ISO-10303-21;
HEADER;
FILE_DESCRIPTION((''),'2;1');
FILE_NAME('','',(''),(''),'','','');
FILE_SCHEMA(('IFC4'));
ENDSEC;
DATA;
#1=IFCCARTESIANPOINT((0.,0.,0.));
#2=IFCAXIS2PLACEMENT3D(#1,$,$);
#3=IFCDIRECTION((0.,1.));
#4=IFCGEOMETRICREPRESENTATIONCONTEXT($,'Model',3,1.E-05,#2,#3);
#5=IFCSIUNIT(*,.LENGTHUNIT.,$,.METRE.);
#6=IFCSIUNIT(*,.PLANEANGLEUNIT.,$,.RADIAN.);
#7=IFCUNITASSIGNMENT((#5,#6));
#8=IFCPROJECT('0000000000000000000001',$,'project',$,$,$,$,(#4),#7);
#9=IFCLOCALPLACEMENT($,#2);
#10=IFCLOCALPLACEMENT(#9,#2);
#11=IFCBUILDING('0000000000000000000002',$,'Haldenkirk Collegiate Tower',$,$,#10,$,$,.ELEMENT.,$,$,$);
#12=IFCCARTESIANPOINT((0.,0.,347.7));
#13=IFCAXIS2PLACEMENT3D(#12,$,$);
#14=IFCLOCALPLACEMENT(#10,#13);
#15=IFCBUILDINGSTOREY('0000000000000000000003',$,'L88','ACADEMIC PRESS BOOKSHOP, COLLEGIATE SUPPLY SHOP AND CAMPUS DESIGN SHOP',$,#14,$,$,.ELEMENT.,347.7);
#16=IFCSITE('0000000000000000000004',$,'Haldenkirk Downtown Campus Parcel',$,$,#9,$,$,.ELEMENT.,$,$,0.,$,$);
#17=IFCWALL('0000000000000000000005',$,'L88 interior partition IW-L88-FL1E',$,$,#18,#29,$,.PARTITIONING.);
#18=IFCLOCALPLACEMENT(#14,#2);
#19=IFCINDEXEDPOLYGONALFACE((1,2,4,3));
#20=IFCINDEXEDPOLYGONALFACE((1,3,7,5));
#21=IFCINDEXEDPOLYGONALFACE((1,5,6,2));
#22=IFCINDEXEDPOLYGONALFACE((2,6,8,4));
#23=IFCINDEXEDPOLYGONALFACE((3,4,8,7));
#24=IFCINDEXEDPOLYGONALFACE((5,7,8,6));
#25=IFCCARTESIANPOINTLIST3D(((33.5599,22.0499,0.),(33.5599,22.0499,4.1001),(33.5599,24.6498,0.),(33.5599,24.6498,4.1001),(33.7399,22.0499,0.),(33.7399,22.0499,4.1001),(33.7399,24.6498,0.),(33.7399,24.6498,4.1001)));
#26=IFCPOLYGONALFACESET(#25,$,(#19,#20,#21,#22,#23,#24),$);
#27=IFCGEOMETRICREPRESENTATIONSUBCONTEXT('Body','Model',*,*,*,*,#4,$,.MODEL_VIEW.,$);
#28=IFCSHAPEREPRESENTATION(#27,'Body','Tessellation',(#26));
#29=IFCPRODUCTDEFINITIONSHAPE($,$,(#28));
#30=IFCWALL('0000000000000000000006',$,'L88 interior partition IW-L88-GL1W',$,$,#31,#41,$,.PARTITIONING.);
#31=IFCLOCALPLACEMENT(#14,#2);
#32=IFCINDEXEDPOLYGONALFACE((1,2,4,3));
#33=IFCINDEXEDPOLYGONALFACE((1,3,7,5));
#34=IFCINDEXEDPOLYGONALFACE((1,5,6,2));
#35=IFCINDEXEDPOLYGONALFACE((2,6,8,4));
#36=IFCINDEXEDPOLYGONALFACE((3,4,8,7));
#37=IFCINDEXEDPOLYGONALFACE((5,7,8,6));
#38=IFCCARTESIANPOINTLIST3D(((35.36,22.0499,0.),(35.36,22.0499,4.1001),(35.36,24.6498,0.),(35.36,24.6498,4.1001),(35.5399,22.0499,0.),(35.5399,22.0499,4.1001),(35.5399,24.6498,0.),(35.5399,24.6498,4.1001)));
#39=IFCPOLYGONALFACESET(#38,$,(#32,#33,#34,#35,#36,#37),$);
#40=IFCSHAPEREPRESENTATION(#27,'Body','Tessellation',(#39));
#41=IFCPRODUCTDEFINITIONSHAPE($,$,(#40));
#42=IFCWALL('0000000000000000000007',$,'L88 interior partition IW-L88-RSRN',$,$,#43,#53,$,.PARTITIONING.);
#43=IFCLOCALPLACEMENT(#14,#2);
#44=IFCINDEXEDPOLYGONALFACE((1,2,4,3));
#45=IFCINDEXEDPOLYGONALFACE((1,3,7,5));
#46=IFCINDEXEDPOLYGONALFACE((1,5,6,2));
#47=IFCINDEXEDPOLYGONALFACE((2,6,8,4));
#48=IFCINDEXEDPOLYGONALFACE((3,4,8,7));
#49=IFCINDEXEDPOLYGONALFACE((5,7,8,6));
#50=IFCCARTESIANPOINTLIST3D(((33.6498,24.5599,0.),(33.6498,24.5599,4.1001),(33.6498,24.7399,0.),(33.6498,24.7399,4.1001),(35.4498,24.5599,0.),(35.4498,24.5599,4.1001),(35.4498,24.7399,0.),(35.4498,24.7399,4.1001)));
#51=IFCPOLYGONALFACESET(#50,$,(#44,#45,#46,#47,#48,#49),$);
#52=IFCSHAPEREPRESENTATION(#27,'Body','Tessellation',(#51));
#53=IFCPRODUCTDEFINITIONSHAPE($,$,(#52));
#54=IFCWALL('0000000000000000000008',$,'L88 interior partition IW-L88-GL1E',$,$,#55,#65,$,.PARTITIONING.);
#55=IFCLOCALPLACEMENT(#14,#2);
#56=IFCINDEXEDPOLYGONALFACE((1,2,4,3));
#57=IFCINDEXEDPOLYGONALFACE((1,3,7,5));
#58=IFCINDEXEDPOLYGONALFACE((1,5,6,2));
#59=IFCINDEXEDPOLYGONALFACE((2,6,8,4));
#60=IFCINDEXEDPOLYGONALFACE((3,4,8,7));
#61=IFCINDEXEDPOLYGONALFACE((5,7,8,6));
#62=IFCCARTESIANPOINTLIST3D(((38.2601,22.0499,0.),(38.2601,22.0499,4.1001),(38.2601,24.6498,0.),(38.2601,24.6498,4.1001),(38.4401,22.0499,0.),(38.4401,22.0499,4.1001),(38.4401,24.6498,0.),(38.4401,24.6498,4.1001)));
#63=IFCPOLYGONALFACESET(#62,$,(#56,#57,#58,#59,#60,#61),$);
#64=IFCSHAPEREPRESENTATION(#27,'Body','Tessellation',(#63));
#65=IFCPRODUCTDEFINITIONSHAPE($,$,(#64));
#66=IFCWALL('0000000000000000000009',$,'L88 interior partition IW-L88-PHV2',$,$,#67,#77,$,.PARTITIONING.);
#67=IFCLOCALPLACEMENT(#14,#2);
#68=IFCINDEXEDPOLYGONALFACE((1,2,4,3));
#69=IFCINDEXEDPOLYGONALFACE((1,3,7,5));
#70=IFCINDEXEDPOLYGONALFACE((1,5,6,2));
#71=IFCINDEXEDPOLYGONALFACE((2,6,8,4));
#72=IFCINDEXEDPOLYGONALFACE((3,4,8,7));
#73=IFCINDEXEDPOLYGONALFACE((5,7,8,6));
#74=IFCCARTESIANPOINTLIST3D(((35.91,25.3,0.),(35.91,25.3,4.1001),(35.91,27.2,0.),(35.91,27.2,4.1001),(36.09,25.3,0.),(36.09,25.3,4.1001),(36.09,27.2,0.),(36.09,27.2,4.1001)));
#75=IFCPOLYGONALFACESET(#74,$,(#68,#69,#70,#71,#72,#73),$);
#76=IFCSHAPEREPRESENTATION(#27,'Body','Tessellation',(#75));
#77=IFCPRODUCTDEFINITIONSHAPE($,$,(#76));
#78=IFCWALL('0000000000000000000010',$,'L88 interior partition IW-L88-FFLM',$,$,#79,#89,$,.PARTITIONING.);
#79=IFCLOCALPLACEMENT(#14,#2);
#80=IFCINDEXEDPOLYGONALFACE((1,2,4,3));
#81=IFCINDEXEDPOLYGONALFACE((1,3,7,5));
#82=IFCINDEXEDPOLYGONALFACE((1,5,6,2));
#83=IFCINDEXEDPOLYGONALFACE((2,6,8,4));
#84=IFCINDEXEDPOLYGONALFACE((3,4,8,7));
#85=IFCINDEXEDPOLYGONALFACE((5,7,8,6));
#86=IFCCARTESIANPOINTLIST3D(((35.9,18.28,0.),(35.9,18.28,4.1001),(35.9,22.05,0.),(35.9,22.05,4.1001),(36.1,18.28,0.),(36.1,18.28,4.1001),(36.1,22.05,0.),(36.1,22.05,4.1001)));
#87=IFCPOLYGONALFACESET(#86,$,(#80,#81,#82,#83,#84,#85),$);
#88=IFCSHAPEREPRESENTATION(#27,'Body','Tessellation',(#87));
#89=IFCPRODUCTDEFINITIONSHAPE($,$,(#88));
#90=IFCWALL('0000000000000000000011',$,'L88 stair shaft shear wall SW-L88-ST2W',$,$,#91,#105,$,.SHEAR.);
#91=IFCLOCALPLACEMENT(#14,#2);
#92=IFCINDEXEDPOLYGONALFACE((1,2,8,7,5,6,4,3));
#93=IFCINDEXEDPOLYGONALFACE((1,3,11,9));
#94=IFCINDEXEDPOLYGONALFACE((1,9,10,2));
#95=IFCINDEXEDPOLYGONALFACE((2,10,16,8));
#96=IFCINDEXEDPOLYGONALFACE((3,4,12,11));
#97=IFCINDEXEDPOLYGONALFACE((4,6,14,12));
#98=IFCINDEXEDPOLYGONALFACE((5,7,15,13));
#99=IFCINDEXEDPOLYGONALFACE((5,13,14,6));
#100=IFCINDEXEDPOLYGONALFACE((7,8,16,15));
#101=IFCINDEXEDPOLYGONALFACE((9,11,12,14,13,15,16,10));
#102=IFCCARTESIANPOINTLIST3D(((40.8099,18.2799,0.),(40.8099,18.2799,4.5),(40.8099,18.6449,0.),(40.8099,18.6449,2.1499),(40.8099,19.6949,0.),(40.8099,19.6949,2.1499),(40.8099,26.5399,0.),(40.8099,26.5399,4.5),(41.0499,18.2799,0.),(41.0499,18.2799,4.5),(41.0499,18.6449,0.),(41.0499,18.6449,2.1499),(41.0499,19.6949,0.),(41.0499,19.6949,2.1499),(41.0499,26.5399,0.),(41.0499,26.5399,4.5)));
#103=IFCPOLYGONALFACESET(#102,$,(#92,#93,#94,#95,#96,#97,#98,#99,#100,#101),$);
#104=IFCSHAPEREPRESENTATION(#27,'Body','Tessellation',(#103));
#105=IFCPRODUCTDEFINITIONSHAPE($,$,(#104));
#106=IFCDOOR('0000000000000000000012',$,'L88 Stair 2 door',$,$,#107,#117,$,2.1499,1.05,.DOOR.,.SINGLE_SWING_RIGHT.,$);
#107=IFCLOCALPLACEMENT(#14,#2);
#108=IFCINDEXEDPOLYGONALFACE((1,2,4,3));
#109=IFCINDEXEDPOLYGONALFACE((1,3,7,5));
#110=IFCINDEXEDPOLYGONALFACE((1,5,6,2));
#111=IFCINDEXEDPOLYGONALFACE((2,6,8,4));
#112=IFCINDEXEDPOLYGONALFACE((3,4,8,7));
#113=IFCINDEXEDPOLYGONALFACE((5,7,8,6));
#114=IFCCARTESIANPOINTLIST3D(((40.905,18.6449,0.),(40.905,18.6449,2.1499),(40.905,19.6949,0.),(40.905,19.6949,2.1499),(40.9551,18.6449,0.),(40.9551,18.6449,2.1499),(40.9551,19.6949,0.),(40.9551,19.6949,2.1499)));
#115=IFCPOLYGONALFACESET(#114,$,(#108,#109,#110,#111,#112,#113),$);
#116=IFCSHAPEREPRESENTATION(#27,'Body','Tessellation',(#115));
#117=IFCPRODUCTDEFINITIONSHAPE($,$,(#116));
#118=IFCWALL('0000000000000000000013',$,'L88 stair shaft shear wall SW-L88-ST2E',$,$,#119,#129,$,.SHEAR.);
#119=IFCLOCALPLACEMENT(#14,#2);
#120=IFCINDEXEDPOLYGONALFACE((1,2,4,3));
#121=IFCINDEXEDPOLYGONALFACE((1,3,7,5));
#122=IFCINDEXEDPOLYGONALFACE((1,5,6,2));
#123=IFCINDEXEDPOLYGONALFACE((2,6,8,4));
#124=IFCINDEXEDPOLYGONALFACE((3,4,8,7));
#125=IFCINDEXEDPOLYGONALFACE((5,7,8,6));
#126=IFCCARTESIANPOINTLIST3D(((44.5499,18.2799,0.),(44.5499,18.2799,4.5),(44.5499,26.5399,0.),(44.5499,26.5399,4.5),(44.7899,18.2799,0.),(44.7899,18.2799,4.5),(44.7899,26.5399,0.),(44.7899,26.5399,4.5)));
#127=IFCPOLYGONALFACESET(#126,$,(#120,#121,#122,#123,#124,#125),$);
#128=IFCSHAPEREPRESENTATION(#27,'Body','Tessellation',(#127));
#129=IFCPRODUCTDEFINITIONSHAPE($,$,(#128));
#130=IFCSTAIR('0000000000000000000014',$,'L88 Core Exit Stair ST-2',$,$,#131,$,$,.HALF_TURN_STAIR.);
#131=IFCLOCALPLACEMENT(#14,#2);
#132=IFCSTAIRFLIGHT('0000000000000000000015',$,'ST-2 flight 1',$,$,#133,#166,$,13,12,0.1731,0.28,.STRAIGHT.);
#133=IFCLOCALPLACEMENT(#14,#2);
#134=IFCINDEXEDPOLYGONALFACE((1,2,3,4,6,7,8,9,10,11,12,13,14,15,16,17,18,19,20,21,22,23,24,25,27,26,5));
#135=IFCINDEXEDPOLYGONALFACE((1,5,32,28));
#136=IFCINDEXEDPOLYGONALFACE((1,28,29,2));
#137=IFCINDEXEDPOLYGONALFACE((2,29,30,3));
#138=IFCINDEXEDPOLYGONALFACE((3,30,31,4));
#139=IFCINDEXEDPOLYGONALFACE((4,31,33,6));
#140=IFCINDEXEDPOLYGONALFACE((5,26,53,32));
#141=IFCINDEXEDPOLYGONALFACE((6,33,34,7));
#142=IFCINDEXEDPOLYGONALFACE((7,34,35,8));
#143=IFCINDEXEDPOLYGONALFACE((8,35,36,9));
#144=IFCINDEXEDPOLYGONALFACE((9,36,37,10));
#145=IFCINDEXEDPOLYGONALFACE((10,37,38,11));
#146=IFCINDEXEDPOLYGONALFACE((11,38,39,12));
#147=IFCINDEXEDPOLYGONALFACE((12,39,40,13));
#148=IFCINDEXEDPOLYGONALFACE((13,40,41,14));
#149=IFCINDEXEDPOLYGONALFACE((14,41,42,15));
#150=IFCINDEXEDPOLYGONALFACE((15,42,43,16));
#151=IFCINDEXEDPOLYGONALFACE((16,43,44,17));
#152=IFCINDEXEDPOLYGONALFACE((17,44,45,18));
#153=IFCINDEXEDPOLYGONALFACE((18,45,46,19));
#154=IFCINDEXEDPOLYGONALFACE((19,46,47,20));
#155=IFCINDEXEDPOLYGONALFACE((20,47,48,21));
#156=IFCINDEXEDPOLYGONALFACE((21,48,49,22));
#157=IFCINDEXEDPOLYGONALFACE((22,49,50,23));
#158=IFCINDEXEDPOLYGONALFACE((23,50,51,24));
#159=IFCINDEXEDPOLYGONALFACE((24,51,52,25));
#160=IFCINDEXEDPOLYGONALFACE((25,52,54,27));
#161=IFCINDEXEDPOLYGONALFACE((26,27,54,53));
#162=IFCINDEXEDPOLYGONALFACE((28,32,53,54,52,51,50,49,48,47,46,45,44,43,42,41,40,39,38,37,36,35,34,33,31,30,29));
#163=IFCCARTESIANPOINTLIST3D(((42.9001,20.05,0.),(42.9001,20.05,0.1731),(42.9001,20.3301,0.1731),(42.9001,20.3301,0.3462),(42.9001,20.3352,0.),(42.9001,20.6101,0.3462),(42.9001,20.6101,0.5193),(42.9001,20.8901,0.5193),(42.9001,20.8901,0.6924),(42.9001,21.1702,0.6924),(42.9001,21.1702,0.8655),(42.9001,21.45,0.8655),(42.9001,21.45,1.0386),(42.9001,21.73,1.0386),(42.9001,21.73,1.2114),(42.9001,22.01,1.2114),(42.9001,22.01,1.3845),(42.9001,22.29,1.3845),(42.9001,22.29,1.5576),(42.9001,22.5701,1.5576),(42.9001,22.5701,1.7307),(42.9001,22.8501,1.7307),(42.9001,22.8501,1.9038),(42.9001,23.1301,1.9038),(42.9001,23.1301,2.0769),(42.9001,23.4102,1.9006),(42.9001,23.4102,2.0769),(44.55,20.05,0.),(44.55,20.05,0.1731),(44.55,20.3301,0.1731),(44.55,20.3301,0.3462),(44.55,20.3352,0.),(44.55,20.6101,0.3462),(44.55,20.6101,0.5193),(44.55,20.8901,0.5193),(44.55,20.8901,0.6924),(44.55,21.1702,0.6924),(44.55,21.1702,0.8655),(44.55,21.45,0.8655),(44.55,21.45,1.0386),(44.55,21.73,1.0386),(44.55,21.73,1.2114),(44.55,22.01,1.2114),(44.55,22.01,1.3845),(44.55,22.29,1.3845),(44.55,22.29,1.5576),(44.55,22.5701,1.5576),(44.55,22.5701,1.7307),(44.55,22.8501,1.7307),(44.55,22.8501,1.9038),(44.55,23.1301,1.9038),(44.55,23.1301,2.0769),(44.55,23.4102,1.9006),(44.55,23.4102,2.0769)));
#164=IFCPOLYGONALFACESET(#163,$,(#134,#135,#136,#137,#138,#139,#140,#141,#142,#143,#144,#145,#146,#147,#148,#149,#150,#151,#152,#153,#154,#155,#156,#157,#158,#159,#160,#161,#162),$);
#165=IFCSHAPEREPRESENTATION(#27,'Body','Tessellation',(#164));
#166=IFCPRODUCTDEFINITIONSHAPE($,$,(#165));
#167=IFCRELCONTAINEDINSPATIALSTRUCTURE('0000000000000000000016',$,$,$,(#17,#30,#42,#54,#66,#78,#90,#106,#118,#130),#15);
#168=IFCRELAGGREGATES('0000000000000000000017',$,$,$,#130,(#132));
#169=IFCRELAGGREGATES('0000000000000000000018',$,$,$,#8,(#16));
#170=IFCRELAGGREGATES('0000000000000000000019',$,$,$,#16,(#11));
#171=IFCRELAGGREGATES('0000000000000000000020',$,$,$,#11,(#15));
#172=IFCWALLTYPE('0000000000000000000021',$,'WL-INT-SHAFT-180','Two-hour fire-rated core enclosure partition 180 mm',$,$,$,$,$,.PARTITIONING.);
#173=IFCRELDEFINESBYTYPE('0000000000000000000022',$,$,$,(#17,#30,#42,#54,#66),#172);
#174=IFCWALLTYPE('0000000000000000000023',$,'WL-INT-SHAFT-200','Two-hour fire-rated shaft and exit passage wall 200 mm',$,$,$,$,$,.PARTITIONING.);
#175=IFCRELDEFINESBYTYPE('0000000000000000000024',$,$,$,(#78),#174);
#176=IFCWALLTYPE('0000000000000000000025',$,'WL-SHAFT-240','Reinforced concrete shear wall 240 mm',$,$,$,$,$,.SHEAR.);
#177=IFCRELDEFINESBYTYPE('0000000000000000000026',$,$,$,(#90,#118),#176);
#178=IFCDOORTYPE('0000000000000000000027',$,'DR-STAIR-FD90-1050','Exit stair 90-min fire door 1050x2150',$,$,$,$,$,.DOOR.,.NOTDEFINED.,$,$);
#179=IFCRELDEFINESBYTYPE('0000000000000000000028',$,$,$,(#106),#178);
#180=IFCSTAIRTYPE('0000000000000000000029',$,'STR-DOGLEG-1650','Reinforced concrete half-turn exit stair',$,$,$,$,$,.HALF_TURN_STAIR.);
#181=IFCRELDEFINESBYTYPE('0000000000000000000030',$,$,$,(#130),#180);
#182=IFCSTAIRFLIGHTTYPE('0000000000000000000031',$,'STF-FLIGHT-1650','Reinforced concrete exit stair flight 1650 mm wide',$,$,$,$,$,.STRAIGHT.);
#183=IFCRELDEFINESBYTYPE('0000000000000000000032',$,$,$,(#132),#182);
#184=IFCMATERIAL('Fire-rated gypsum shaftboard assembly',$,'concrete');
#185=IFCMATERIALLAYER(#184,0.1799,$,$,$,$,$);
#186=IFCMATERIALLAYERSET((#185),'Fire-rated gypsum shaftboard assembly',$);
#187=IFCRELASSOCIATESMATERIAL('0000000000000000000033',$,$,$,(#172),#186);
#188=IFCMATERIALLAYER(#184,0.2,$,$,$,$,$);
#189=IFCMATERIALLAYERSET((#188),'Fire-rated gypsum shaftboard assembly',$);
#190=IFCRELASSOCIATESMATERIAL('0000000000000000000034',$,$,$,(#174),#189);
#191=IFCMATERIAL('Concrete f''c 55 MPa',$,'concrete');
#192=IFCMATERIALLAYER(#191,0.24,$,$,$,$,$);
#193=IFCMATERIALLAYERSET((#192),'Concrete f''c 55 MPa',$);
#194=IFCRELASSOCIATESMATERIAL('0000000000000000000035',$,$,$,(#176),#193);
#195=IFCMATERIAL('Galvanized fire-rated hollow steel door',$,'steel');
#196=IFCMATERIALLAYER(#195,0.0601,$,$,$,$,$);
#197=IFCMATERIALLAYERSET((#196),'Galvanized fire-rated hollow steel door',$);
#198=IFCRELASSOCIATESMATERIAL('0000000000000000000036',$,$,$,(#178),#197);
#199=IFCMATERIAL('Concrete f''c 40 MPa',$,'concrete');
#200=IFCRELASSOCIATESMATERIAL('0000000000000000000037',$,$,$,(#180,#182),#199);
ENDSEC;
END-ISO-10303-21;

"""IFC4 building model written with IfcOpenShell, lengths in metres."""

from ifc_helpers import new_model, si_unit, direction, frame, frame_2d, origin, place, context, subcontext, project, spatial, polyline, rectangle, outline, extrude, material, layer, layer_set, type_object, element, fill, aggregate, save


model = new_model("IFC4")

# Units and contexts
model_context = context("Model", 3, precision=1e-05, world=origin(), true_north=direction((0.0, 1.0)))
body_context = subcontext(model_context, "Body", "Model", "MODEL_VIEW")
ifc_project = project(units=[si_unit("LENGTHUNIT", "METRE"), si_unit("PLANEANGLEUNIT", "RADIAN")], contexts=[model_context])

# Site, building, storey
site_placement = place(None, origin())
site = spatial("IfcSite", under=ifc_project, at=site_placement, Name="Haldenkirk Downtown Campus Parcel", CompositionType="ELEMENT", RefElevation=0.0)
building_placement = place(site_placement, origin())
building = spatial("IfcBuilding", under=site, at=building_placement, Name="Haldenkirk Collegiate Tower", CompositionType="ELEMENT")
storey_placement = place(building_placement, frame((0.0, 0.0, 347.7)))
storey = spatial("IfcBuildingStorey", under=building, at=storey_placement, Name="L88", Description="ACADEMIC PRESS BOOKSHOP, COLLEGIATE SUPPLY SHOP AND CAMPUS DESIGN SHOP", CompositionType="ELEMENT", Elevation=347.7)

# Walls
ifc_material_1 = material(Name="Fire-rated gypsum shaftboard assembly", Category="concrete")
ifc_layer_1 = layer(ifc_material_1, 0.1799)
ifc_layer_set_1 = layer_set([ifc_layer_1], Name="Fire-rated gypsum shaftboard assembly")
wall_type_1 = type_object("IfcWallType", Name="WL-INT-SHAFT-180", Description="Two-hour fire-rated core enclosure partition 180 mm", PredefinedType="PARTITIONING", material=ifc_layer_set_1)
for number, where, z_axis, x_axis, name in (
    (1, (33.6499, 22.05, 0.0), (0.0, 0.0, 1.0), (0.0, 1.0, 0.0), "L88 interior partition IW-L88-FL1E"),
    (2, (35.45, 22.05, 0.0), (0.0, 0.0, 1.0), (0.0, 1.0, 0.0), "L88 interior partition IW-L88-GL1W"),
):
    element("IfcWall", number, at=place(storey_placement, frame(where, z_axis=z_axis, x_axis=x_axis)), inside=storey, type_object=wall_type_1, Name=name, PredefinedType="PARTITIONING", context=body_context, shape_type="SweptSolid", body=[
        extrude(rectangle(XDim=2.5999, YDim=0.1799, at=frame_2d((1.2998, 0.0))), origin(), (0.0, 0.0, 1.0), 4.1001),
    ])
wall_1_placement = place(storey_placement, frame((33.6499, 24.6499, 0.0), z_axis=(0.0, 0.0, 1.0), x_axis=(1.0, 0.0, 0.0)))
element("IfcWall", 3, at=wall_1_placement, inside=storey, type_object=wall_type_1, Name="L88 interior partition IW-L88-RSRN", PredefinedType="PARTITIONING", context=body_context, shape_type="SweptSolid", body=[
    extrude(rectangle(XDim=1.8, YDim=0.1799, at=frame_2d((0.8999, 0.0))), origin(), (0.0, 0.0, 1.0), 4.1001),
])
wall_2_placement = place(storey_placement, frame((38.3501, 22.05, 0.0), z_axis=(0.0, 0.0, 1.0), x_axis=(0.0, 1.0, 0.0)))
element("IfcWall", 4, at=wall_2_placement, inside=storey, type_object=wall_type_1, Name="L88 interior partition IW-L88-GL1E", PredefinedType="PARTITIONING", context=body_context, shape_type="SweptSolid", body=[
    extrude(rectangle(XDim=2.5999, YDim=0.1799, at=frame_2d((1.2998, 0.0))), origin(), (0.0, 0.0, 1.0), 4.1001),
])
wall_3_placement = place(storey_placement, frame((36.0, 25.3, 0.0), z_axis=(0.0, 0.0, 1.0), x_axis=(0.0, 1.0, 0.0)))
element("IfcWall", 5, at=wall_3_placement, inside=storey, type_object=wall_type_1, Name="L88 interior partition IW-L88-PHV2", PredefinedType="PARTITIONING", context=body_context, shape_type="SweptSolid", body=[
    extrude(rectangle(XDim=1.8999, YDim=0.1799, at=frame_2d((0.95, 0.0))), origin(), (0.0, 0.0, 1.0), 4.1001),
])
ifc_layer_2 = layer(ifc_material_1, 0.2)
ifc_layer_set_2 = layer_set([ifc_layer_2], Name="Fire-rated gypsum shaftboard assembly")
wall_type_2 = type_object("IfcWallType", Name="WL-INT-SHAFT-200", Description="Two-hour fire-rated shaft and exit passage wall 200 mm", PredefinedType="PARTITIONING", material=ifc_layer_set_2)
wall_4_placement = place(storey_placement, frame((36.0, 18.28, 0.0), z_axis=(0.0, 0.0, 1.0), x_axis=(0.0, 1.0, 0.0)))
element("IfcWall", 6, at=wall_4_placement, inside=storey, type_object=wall_type_2, Name="L88 interior partition IW-L88-FFLM", PredefinedType="PARTITIONING", context=body_context, shape_type="SweptSolid", body=[
    extrude(rectangle(XDim=3.77, YDim=0.2, at=frame_2d((1.885, 0.0))), origin(), (0.0, 0.0, 1.0), 4.1001),
])

# Wall, opening, door
ifc_material_2 = material(Name="Concrete f'c 55 MPa", Category="concrete")
ifc_layer_3 = layer(ifc_material_2, 0.24)
ifc_layer_set_3 = layer_set([ifc_layer_3], Name="Concrete f'c 55 MPa")
wall_type_3 = type_object("IfcWallType", Name="WL-SHAFT-240", Description="Reinforced concrete shear wall 240 mm", PredefinedType="SHEAR", material=ifc_layer_set_3)
wall_5_placement = place(storey_placement, frame((40.9299, 18.28, 0.0), z_axis=(0.0, 0.0, 1.0), x_axis=(0.0, 1.0, 0.0)))
wall_5 = element("IfcWall", 7, at=wall_5_placement, inside=storey, type_object=wall_type_3, Name="L88 stair shaft shear wall SW-L88-ST2W", PredefinedType="SHEAR", context=body_context, shape_type="SweptSolid", body=[
    extrude(rectangle(XDim=8.26, YDim=0.24, at=frame_2d((4.1299, 0.0))), origin(), (0.0, 0.0, 1.0), 4.5),
])
opening_1_placement = place(wall_5_placement, frame((0.365, 0.0, 0.0)))
opening_1 = element("IfcOpeningElement", 8, at=opening_1_placement, cuts=wall_5, PredefinedType="OPENING", context=body_context, shape_type="SweptSolid", body=[
    extrude(rectangle(XDim=1.05, YDim=2.1499, at=frame_2d((0.5249, 1.075))), frame((0.0, 0.1299, 0.0), z_axis=(0.0, -1.0, 0.0), x_axis=(1.0, 0.0, 0.0)), (0.0, 0.0, 1.0), 0.26),
])
ifc_material_3 = material(Name="Galvanized fire-rated hollow steel door", Category="steel")
ifc_layer_4 = layer(ifc_material_3, 0.0601)
ifc_layer_set_4 = layer_set([ifc_layer_4], Name="Galvanized fire-rated hollow steel door")
door_type_1 = type_object("IfcDoorType", Name="DR-STAIR-FD90-1050", Description="Exit stair 90-min fire door 1050x2150", OperationType="NOTDEFINED", PredefinedType="DOOR", material=ifc_layer_set_4)
door_1_placement = place(opening_1_placement, origin())
door_1 = element("IfcDoor", 9, at=door_1_placement, inside=storey, type_object=door_type_1, Name="L88 Stair 2 door", OperationType="SINGLE_SWING_RIGHT", OverallHeight=2.1499, OverallWidth=1.05, PredefinedType="DOOR", context=body_context, shape_type="SweptSolid", body=[
    extrude(rectangle(XDim=1.05, YDim=2.1499, at=frame_2d((0.5249, 1.075))), frame((0.0, 0.0249, 0.0), z_axis=(0.0, -1.0, 0.0), x_axis=(1.0, 0.0, 0.0)), (0.0, 0.0, 1.0), 0.05),
])
fill(opening_1, door_1)

# Wall
wall_6_placement = place(storey_placement, frame((44.6699, 18.28, 0.0), z_axis=(0.0, 0.0, 1.0), x_axis=(0.0, 1.0, 0.0)))
element("IfcWall", 10, at=wall_6_placement, inside=storey, type_object=wall_type_3, Name="L88 stair shaft shear wall SW-L88-ST2E", PredefinedType="SHEAR", context=body_context, shape_type="SweptSolid", body=[
    extrude(rectangle(XDim=8.26, YDim=0.24, at=frame_2d((4.1299, 0.0))), origin(), (0.0, 0.0, 1.0), 4.5),
])

# Stair, stair flight
ifc_material_4 = material(Name="Concrete f'c 40 MPa", Category="concrete")
stair_type = type_object("IfcStairType", Name="STR-DOGLEG-1650", Description="Reinforced concrete half-turn exit stair", PredefinedType="HALF_TURN_STAIR", material=ifc_material_4)
stair_placement = place(storey_placement, origin())
stair = element("IfcStair", 11, at=stair_placement, inside=storey, type_object=stair_type, Name="L88 Core Exit Stair ST-2", PredefinedType="HALF_TURN_STAIR")
stair_flight_type = type_object("IfcStairFlightType", Name="STF-FLIGHT-1650", Description="Reinforced concrete exit stair flight 1650 mm wide", PredefinedType="STRAIGHT", material=ifc_material_4)
stair_flight_1_placement = place(storey_placement, frame((43.7251, 20.05, 0.0), z_axis=(0.0, 0.0, 1.0), x_axis=(0.0, 1.0, 0.0)))
stair_flight_1 = element("IfcStairFlight", 12, at=stair_flight_1_placement, type_object=stair_flight_type, Name="ST-2 flight 1", NumberOfRisers=13, NumberOfTreads=12, PredefinedType="STRAIGHT", RiserHeight=0.1731, TreadLength=0.28, context=body_context, shape_type="SweptSolid", body=[
    extrude(outline(polyline([(0.0, 0.0), (0.0, 0.1731), (0.28, 0.1731), (0.28, 0.3462), (0.5601, 0.3462), (0.5601, 0.5193), (0.8401, 0.5193), (0.8401, 0.6924), (1.1201, 0.6924), (1.1201, 0.8655), (1.3999, 0.8655), (1.3999, 1.0386), (1.6799, 1.0386), (1.6799, 1.2114), (1.96, 1.2114), (1.96, 1.3845), (2.24, 1.3845), (2.24, 1.5576), (2.52, 1.5576), (2.52, 1.7307), (2.8, 1.7307), (2.8, 1.9038), (3.0801, 1.9038), (3.0801, 2.0769), (3.3601, 2.0769), (3.3601, 2.25), (3.3601, 1.9006), (0.2852, 0.0), (0.0, 0.0)])), frame((0.0, 0.825, 0.0), z_axis=(0.0, -1.0, 0.0), x_axis=(1.0, 0.0, 0.0)), (0.0, 0.0, 1.0), 1.6499),
])
aggregate(stair, [stair_flight_1])

save(model, "model.ifc")
